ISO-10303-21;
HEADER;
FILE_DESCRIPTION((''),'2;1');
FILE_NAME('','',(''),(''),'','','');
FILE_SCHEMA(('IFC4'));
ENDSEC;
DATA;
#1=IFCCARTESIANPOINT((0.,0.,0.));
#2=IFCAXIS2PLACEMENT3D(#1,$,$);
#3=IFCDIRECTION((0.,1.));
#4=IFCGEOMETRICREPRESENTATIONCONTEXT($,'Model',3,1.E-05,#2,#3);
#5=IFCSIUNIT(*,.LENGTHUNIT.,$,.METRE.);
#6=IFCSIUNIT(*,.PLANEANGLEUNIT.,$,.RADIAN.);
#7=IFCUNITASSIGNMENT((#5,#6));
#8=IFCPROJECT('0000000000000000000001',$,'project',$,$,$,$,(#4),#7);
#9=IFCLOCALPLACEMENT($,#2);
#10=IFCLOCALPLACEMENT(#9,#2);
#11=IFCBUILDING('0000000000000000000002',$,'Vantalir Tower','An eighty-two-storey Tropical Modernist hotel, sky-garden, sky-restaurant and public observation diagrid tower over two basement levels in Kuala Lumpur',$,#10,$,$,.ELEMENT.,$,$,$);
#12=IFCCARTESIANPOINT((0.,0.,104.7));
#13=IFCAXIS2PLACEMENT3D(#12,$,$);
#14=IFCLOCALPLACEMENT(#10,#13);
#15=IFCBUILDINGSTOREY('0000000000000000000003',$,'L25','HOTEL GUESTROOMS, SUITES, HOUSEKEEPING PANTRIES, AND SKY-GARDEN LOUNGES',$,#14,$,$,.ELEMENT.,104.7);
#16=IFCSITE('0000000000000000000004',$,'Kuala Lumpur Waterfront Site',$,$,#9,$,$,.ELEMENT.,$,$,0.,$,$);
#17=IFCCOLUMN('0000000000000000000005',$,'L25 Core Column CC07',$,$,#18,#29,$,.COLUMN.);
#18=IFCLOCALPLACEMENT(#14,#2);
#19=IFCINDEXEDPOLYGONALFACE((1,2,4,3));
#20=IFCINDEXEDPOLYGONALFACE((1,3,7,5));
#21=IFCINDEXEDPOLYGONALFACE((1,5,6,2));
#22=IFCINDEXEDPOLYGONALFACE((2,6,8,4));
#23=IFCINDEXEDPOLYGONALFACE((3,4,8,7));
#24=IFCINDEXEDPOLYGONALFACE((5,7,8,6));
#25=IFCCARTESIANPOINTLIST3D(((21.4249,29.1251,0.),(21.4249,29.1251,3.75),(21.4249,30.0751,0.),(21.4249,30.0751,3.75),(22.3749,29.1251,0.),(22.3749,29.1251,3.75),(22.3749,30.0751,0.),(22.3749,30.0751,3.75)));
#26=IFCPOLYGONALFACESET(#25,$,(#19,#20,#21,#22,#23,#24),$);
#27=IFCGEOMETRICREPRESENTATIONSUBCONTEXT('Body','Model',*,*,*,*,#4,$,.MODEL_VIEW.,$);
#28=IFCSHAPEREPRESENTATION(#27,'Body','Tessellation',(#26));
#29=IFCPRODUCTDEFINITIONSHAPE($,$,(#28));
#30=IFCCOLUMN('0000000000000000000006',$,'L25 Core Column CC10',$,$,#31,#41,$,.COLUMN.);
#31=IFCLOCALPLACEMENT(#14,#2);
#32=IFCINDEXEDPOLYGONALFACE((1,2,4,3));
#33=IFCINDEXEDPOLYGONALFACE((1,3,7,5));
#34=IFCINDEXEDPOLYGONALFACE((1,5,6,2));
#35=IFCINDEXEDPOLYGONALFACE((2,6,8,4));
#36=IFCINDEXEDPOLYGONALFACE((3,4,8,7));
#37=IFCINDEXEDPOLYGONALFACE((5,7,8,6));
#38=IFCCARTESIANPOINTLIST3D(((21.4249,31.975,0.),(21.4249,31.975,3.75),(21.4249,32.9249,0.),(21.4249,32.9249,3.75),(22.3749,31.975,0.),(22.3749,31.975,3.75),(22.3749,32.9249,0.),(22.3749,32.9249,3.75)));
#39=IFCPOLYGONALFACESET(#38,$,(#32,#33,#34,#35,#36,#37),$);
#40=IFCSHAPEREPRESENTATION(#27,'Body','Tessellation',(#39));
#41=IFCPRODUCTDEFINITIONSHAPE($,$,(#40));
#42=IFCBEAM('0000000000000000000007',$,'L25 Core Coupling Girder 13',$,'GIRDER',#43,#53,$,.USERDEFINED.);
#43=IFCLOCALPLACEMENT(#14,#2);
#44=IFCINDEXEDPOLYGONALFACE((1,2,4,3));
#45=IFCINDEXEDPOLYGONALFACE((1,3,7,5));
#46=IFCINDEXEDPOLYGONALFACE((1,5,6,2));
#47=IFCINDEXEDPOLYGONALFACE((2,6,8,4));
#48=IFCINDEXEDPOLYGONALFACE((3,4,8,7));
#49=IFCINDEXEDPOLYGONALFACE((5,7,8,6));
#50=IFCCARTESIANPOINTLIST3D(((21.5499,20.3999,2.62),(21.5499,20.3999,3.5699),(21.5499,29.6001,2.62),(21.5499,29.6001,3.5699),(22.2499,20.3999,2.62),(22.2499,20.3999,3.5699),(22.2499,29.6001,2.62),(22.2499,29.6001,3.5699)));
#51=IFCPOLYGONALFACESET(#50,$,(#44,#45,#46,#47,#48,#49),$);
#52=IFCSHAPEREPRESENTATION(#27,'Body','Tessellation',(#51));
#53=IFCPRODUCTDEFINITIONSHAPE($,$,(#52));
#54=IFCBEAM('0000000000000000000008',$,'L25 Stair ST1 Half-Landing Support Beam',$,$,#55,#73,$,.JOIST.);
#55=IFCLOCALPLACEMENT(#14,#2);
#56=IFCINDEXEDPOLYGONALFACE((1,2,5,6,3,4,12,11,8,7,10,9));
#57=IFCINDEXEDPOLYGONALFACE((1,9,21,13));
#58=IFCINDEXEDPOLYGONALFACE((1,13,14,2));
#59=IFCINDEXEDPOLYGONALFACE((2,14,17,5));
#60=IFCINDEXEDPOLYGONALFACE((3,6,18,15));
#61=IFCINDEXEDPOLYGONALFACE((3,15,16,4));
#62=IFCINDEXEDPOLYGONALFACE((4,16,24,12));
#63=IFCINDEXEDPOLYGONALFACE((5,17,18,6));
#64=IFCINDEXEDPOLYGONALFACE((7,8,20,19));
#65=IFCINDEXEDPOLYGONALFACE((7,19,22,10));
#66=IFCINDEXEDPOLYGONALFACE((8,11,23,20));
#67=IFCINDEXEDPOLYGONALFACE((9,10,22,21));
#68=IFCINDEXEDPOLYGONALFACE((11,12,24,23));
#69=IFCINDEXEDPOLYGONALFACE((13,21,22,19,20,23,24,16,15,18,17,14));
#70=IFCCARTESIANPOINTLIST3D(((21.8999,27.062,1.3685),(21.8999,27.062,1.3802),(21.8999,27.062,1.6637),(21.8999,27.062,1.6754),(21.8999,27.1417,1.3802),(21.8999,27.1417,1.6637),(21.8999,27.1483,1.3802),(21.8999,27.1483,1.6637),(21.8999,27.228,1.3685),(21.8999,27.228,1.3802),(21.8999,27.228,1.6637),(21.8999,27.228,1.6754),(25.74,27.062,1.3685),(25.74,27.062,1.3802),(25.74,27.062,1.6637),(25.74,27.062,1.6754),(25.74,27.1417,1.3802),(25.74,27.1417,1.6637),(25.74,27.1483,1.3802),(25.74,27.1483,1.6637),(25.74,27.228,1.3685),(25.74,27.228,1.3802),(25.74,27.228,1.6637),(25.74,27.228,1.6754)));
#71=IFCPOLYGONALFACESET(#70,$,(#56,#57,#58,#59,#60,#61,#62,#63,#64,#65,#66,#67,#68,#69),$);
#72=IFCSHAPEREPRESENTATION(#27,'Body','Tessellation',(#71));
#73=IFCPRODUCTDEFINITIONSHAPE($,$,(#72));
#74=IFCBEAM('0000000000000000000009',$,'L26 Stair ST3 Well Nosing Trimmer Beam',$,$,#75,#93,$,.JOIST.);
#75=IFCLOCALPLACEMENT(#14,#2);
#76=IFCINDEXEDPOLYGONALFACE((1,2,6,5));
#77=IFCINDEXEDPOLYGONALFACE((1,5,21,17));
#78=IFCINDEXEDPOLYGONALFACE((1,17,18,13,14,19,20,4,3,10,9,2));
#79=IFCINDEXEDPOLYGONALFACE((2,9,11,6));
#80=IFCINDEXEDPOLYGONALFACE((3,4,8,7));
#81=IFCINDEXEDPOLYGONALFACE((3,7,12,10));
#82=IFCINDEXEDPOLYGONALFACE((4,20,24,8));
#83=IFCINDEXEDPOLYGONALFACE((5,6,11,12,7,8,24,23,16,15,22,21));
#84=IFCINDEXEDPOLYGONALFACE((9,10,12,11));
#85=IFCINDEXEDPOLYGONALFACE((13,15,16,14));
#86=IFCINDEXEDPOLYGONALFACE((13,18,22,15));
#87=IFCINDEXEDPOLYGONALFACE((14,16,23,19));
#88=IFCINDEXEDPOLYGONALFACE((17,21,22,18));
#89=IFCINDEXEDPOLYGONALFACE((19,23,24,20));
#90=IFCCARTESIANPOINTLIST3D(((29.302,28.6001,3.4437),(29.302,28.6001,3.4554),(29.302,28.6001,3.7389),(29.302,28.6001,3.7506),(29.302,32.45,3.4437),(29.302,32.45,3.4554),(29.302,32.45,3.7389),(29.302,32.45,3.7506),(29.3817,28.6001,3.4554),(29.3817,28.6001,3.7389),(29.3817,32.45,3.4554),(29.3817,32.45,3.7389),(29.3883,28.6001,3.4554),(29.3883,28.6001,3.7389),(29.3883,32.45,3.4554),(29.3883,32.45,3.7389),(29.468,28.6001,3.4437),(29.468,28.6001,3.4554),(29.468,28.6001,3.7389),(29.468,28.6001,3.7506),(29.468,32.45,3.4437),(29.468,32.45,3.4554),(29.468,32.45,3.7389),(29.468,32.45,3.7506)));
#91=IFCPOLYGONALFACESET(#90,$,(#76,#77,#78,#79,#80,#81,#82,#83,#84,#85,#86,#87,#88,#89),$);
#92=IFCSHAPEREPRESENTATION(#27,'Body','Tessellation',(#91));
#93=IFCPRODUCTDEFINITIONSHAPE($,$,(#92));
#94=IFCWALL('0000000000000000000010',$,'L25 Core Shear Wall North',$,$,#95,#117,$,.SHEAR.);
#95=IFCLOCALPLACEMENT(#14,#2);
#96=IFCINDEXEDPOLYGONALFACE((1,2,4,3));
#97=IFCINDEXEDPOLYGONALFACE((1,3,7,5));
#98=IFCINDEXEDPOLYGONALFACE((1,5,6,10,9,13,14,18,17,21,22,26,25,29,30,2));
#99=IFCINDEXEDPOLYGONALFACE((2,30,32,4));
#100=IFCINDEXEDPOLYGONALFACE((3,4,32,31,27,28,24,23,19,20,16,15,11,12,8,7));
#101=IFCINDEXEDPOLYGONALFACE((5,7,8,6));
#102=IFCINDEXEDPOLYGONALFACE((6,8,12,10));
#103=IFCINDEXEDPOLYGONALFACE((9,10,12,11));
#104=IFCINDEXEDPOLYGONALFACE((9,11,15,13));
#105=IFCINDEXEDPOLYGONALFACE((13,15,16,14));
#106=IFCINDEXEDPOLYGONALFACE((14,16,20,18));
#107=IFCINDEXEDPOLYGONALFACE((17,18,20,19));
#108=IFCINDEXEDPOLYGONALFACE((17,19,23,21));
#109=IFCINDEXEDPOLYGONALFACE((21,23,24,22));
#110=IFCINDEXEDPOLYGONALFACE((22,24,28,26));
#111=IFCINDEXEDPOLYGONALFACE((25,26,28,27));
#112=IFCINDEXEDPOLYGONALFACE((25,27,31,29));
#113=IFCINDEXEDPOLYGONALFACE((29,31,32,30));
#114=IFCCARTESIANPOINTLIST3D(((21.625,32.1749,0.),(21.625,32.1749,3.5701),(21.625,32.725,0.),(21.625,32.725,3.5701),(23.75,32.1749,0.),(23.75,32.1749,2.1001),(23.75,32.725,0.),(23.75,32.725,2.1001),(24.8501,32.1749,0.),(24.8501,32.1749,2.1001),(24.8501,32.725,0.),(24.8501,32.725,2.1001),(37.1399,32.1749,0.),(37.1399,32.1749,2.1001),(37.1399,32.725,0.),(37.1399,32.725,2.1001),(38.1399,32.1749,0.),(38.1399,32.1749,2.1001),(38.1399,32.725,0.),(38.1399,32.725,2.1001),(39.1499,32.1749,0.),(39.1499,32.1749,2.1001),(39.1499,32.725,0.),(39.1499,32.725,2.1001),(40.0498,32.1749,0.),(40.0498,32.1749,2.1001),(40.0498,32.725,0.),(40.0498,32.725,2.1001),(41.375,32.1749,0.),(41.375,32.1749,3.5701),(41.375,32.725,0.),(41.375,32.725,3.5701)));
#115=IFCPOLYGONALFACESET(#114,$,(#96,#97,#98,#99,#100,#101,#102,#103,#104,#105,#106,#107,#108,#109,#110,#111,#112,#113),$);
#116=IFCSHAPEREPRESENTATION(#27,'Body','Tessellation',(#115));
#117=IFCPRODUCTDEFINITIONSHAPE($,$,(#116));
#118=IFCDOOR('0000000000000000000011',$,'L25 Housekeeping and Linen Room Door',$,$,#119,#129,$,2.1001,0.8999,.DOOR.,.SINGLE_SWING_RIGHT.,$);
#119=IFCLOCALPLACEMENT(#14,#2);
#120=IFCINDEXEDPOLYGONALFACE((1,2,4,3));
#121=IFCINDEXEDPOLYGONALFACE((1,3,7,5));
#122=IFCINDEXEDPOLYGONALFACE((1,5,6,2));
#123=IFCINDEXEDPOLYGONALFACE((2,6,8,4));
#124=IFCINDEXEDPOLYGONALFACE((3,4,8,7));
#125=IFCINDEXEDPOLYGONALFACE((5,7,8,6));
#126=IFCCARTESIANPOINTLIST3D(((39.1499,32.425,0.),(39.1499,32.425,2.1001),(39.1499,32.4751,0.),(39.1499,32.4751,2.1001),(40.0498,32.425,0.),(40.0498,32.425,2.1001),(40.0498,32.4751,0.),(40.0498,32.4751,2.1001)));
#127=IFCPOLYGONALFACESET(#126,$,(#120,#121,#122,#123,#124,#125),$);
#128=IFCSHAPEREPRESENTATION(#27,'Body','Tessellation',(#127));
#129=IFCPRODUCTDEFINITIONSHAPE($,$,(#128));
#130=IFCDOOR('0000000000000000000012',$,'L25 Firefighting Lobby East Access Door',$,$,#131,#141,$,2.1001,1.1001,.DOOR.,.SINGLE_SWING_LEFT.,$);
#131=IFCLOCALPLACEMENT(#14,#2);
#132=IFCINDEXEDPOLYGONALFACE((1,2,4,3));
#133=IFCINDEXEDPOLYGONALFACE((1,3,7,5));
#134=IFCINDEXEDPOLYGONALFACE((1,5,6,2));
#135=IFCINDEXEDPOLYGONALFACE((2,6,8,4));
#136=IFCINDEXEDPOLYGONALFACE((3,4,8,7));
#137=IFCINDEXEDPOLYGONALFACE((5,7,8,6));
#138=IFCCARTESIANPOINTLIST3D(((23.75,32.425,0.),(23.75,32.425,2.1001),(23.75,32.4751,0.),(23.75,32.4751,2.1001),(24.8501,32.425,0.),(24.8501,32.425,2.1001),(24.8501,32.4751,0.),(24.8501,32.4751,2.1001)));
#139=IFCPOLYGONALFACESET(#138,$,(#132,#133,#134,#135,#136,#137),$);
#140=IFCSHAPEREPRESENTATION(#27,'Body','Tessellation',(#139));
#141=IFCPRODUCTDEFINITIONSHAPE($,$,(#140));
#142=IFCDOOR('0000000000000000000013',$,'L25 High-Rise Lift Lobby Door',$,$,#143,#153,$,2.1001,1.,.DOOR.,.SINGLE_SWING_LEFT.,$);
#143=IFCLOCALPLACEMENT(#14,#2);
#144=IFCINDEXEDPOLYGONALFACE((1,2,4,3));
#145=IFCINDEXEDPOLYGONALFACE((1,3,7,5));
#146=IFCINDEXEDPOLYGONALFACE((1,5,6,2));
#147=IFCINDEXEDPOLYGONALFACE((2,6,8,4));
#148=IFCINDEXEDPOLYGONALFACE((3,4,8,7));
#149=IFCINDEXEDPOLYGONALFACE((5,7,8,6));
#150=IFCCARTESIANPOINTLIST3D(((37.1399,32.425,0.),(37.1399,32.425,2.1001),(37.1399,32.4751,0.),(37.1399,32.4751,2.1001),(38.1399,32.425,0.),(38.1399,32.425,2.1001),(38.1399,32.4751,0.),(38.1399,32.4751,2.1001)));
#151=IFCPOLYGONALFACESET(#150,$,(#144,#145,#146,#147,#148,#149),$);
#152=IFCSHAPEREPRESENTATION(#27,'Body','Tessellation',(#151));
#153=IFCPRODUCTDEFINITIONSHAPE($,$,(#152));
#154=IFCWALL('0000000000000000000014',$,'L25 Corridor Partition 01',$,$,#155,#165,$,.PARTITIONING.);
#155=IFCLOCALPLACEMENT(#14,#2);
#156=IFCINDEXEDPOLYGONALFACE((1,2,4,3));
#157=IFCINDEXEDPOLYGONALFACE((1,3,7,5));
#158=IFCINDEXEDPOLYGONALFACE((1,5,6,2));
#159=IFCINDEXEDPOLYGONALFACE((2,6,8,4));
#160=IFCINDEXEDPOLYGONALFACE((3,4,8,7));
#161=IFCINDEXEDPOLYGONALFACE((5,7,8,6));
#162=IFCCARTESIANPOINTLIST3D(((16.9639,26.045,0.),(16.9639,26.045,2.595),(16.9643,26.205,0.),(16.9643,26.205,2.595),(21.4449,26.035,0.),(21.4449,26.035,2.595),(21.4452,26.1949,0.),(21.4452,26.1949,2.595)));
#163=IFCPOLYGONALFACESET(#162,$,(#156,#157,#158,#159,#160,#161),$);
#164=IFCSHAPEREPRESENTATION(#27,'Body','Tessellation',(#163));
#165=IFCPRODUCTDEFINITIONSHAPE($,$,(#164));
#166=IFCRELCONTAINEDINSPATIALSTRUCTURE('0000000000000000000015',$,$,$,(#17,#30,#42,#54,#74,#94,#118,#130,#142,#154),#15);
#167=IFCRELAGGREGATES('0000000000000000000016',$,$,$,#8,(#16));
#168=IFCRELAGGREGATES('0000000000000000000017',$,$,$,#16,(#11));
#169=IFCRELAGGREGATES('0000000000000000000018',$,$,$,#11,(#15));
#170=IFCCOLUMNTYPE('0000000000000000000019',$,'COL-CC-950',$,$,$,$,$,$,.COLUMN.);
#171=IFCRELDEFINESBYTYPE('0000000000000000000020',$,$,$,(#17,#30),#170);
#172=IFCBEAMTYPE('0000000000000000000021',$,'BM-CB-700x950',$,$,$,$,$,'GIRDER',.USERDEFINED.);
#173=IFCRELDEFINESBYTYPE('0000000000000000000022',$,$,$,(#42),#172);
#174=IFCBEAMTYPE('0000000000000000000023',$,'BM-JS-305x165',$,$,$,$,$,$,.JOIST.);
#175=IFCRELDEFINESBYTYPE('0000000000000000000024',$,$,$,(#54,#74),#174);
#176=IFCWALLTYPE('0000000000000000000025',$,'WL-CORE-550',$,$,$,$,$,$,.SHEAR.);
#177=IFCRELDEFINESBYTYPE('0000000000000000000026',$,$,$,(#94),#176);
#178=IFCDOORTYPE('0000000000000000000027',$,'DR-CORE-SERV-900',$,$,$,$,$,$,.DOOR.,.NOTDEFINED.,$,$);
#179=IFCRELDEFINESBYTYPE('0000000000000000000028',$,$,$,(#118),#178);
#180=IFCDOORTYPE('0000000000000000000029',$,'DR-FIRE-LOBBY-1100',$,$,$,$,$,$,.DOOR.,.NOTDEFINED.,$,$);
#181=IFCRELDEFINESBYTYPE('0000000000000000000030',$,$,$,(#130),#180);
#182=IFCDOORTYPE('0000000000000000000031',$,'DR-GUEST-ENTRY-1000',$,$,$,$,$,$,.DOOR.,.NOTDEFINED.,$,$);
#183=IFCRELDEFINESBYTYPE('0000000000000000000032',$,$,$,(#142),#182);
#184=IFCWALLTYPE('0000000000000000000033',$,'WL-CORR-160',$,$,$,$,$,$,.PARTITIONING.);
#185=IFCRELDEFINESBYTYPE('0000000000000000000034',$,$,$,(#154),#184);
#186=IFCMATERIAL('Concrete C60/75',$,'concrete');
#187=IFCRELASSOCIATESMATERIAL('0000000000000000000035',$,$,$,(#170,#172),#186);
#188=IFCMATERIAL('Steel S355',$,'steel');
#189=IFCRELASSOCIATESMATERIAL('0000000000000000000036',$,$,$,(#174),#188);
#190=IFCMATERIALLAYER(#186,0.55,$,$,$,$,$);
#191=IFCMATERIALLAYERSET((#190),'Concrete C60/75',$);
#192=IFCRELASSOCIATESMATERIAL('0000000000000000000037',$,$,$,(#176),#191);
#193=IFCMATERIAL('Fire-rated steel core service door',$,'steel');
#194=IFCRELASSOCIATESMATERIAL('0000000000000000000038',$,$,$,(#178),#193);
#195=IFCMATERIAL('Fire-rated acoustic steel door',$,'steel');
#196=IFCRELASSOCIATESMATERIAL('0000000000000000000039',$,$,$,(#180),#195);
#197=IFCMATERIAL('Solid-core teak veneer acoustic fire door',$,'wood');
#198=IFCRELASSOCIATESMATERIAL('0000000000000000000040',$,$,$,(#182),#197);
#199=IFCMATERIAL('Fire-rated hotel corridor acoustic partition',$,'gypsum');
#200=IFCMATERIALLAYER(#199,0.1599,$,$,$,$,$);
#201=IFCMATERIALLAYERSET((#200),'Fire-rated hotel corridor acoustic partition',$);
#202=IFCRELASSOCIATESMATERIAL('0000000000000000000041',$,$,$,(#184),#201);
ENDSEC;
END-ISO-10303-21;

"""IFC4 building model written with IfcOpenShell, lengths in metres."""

from ifc_helpers import new_model, si_unit, direction, frame, frame_2d, origin, origin_2d, place, context, subcontext, project, spatial, rectangle, i_section, extrude, material, layer, layer_set, material_profile, profile_set, type_object, element, fill, save


model = new_model("IFC4")

# Units and contexts
model_context = context("Model", 3, precision=1e-05, world=origin(), true_north=direction((0.0, 1.0)))
body_context = subcontext(model_context, "Body", "Model", "MODEL_VIEW")
ifc_project = project(units=[si_unit("LENGTHUNIT", "METRE"), si_unit("PLANEANGLEUNIT", "RADIAN")], contexts=[model_context])

# Site, building, storey
site_placement = place(None, origin())
site = spatial("IfcSite", under=ifc_project, at=site_placement, Name="Kuala Lumpur Waterfront Site", CompositionType="ELEMENT", RefElevation=0.0)
building_placement = place(site_placement, origin())
building = spatial("IfcBuilding", under=site, at=building_placement, Name="Vantalir Tower", Description="An eighty-two-storey Tropical Modernist hotel, sky-garden, sky-restaurant and public observation diagrid tower over two basement levels in Kuala Lumpur", CompositionType="ELEMENT")
storey_placement = place(building_placement, frame((0.0, 0.0, 104.7)))
storey = spatial("IfcBuildingStorey", under=building, at=storey_placement, Name="L25", Description="HOTEL GUESTROOMS, SUITES, HOUSEKEEPING PANTRIES, AND SKY-GARDEN LOUNGES", CompositionType="ELEMENT", Elevation=104.7)

# Columns
ifc_material_1 = material(Name="Concrete C60/75", Category="concrete")
ifc_material_profile_1 = material_profile(ifc_material_1, rectangle(XDim=0.95, YDim=0.95, at=origin_2d()), Name="Concrete C60/75")
ifc_profile_set_1 = profile_set([ifc_material_profile_1], Name="Concrete C60/75")
column_type = type_object("IfcColumnType", Name="COL-CC-950", PredefinedType="COLUMN", material=ifc_profile_set_1)
for number, where, z_axis, x_axis, name in (
    (1, (21.8999, 29.6001, 0.0), (0.0, 0.0, 1.0), (1.0, 0.0, 0.0), "L25 Core Column CC07"),
    (2, (21.8999, 32.45, 0.0), (0.0, 0.0, 1.0), (1.0, 0.0, 0.0), "L25 Core Column CC10"),
):
    element("IfcColumn", number, at=place(storey_placement, frame(where, z_axis=z_axis, x_axis=x_axis)), inside=storey, type_object=column_type, Name=name, PredefinedType="COLUMN", context=body_context, shape_type="SweptSolid", body=[
        extrude(rectangle(XDim=0.95, YDim=0.95, at=origin_2d()), origin(), (0.0, 0.0, 1.0), 3.75),
    ])

# Beams
ifc_material_profile_2 = material_profile(ifc_material_1, rectangle(XDim=0.7, YDim=0.95, at=origin_2d()), Name="Concrete C60/75")
ifc_profile_set_2 = profile_set([ifc_material_profile_2], Name="Concrete C60/75")
beam_type_1 = type_object("IfcBeamType", Name="BM-CB-700x950", ElementType="GIRDER", PredefinedType="USERDEFINED", material=ifc_profile_set_2)
beam_1_placement = place(storey_placement, frame((21.8999, 29.6001, 3.095), z_axis=(0.0, -1.0, 0.0), x_axis=(1.0, 0.0, 0.0)))
element("IfcBeam", 3, at=beam_1_placement, inside=storey, type_object=beam_type_1, Name="L25 Core Coupling Girder 13", ObjectType="GIRDER", PredefinedType="USERDEFINED", context=body_context, shape_type="SweptSolid", body=[
    extrude(rectangle(XDim=0.7, YDim=0.95, at=origin_2d()), origin(), (0.0, 0.0, 1.0), 9.2002),
])
ifc_material_2 = material(Name="Steel S355", Category="steel")
ifc_material_profile_3 = material_profile(ifc_material_2, i_section(OverallWidth=0.166, OverallDepth=0.3069, WebThickness=0.0066, FlangeThickness=0.0117, at=origin_2d()), Name="Steel S355")
ifc_profile_set_3 = profile_set([ifc_material_profile_3], Name="Steel S355")
beam_type_2 = type_object("IfcBeamType", Name="BM-JS-305x165", PredefinedType="JOIST", material=ifc_profile_set_3)
beam_2_placement = place(storey_placement, frame((21.8999, 27.145, 1.522), z_axis=(1.0, 0.0, 0.0), x_axis=(0.0, 1.0, 0.0)))
element("IfcBeam", 4, at=beam_2_placement, inside=storey, type_object=beam_type_2, Name="L25 Stair ST1 Half-Landing Support Beam", PredefinedType="JOIST", context=body_context, shape_type="SweptSolid", body=[
    extrude(i_section(OverallWidth=0.166, OverallDepth=0.3069, WebThickness=0.0066, FlangeThickness=0.0117, at=origin_2d()), origin(), (0.0, 0.0, 1.0), 3.8401),
])
beam_3_placement = place(storey_placement, frame((29.385, 28.6001, 3.5972), z_axis=(0.0, 1.0, 0.0), x_axis=(-1.0, 0.0, 0.0)))
element("IfcBeam", 5, at=beam_3_placement, inside=storey, type_object=beam_type_2, Name="L26 Stair ST3 Well Nosing Trimmer Beam", PredefinedType="JOIST", context=body_context, shape_type="SweptSolid", body=[
    extrude(i_section(OverallWidth=0.166, OverallDepth=0.3069, WebThickness=0.0066, FlangeThickness=0.0117, at=origin_2d()), origin(), (0.0, 0.0, 1.0), 3.8499),
])

# Wall, openings, doors
ifc_layer_1 = layer(ifc_material_1, 0.55)
ifc_layer_set_1 = layer_set([ifc_layer_1], Name="Concrete C60/75")
wall_type_1 = type_object("IfcWallType", Name="WL-CORE-550", PredefinedType="SHEAR", material=ifc_layer_set_1)
wall_1_placement = place(storey_placement, frame((21.625, 32.45, 0.0), z_axis=(0.0, 0.0, 1.0), x_axis=(1.0, 0.0, 0.0)))
wall_1 = element("IfcWall", 6, at=wall_1_placement, inside=storey, type_object=wall_type_1, Name="L25 Core Shear Wall North", PredefinedType="SHEAR", context=body_context, shape_type="SweptSolid", body=[
    extrude(rectangle(XDim=19.75, YDim=0.55, at=frame_2d((9.875, 0.0))), origin(), (0.0, 0.0, 1.0), 3.5701),
])
opening_1_placement = place(wall_1_placement, frame((2.125, 0.0, 0.0)))
opening_1 = element("IfcOpeningElement", 7, at=opening_1_placement, cuts=wall_1, PredefinedType="OPENING", context=body_context, shape_type="SweptSolid", body=[
    extrude(rectangle(XDim=1.1001, YDim=2.1001, at=frame_2d((0.55, 1.05))), frame((0.0, 0.2849, 0.0), z_axis=(0.0, -1.0, 0.0), x_axis=(1.0, 0.0, 0.0)), (0.0, 0.0, 1.0), 0.5701),
])
opening_2_placement = place(wall_1_placement, frame((15.5149, 0.0, 0.0)))
opening_2 = element("IfcOpeningElement", 8, at=opening_2_placement, cuts=wall_1, PredefinedType="OPENING", context=body_context, shape_type="SweptSolid", body=[
    extrude(rectangle(XDim=1.0, YDim=2.1001, at=frame_2d((0.5, 1.05))), frame((0.0, 0.2849, 0.0), z_axis=(0.0, -1.0, 0.0), x_axis=(1.0, 0.0, 0.0)), (0.0, 0.0, 1.0), 0.5701),
])
opening_3_placement = place(wall_1_placement, frame((17.5249, 0.0, 0.0)))
opening_3 = element("IfcOpeningElement", 9, at=opening_3_placement, cuts=wall_1, PredefinedType="OPENING", context=body_context, shape_type="SweptSolid", body=[
    extrude(rectangle(XDim=0.8999, YDim=2.1001, at=frame_2d((0.45, 1.05))), frame((0.0, 0.2849, 0.0), z_axis=(0.0, -1.0, 0.0), x_axis=(1.0, 0.0, 0.0)), (0.0, 0.0, 1.0), 0.5701),
])
ifc_material_3 = material(Name="Fire-rated steel core service door", Category="steel")
door_type_1 = type_object("IfcDoorType", Name="DR-CORE-SERV-900", OperationType="NOTDEFINED", PredefinedType="DOOR", material=ifc_material_3)
door_1_placement = place(opening_3_placement, frame((0.8999, 0.0, 0.0), z_axis=(0.0, 0.0, 1.0), x_axis=(-1.0, 0.0, 0.0)))
door_1 = element("IfcDoor", 10, at=door_1_placement, inside=storey, type_object=door_type_1, Name="L25 Housekeeping and Linen Room Door", OperationType="SINGLE_SWING_RIGHT", OverallHeight=2.1001, OverallWidth=0.8999, PredefinedType="DOOR", context=body_context, shape_type="SweptSolid", body=[
    extrude(rectangle(XDim=0.8999, YDim=2.1001, at=frame_2d((0.45, 1.05))), frame((0.0, 0.0249, 0.0), z_axis=(0.0, -1.0, 0.0), x_axis=(1.0, 0.0, 0.0)), (0.0, 0.0, 1.0), 0.05),
])
fill(opening_3, door_1)
ifc_material_4 = material(Name="Fire-rated acoustic steel door", Category="steel")
door_type_2 = type_object("IfcDoorType", Name="DR-FIRE-LOBBY-1100", OperationType="NOTDEFINED", PredefinedType="DOOR", material=ifc_material_4)
door_2_placement = place(opening_1_placement, frame((1.1001, 0.0, 0.0), z_axis=(0.0, 0.0, 1.0), x_axis=(-1.0, 0.0, 0.0)))
door_2 = element("IfcDoor", 11, at=door_2_placement, inside=storey, type_object=door_type_2, Name="L25 Firefighting Lobby East Access Door", OperationType="SINGLE_SWING_LEFT", OverallHeight=2.1001, OverallWidth=1.1001, PredefinedType="DOOR", context=body_context, shape_type="SweptSolid", body=[
    extrude(rectangle(XDim=1.1001, YDim=2.1001, at=frame_2d((0.55, 1.05))), frame((0.0, 0.0249, 0.0), z_axis=(0.0, -1.0, 0.0), x_axis=(1.0, 0.0, 0.0)), (0.0, 0.0, 1.0), 0.05),
])
fill(opening_1, door_2)
ifc_material_5 = material(Name="Solid-core teak veneer acoustic fire door", Category="wood")
door_type_3 = type_object("IfcDoorType", Name="DR-GUEST-ENTRY-1000", OperationType="NOTDEFINED", PredefinedType="DOOR", material=ifc_material_5)
door_3_placement = place(opening_2_placement, frame((1.0, 0.0, 0.0), z_axis=(0.0, 0.0, 1.0), x_axis=(-1.0, 0.0, 0.0)))
door_3 = element("IfcDoor", 12, at=door_3_placement, inside=storey, type_object=door_type_3, Name="L25 High-Rise Lift Lobby Door", OperationType="SINGLE_SWING_LEFT", OverallHeight=2.1001, OverallWidth=1.0, PredefinedType="DOOR", context=body_context, shape_type="SweptSolid", body=[
    extrude(rectangle(XDim=1.0, YDim=2.1001, at=frame_2d((0.5, 1.05))), frame((0.0, 0.0249, 0.0), z_axis=(0.0, -1.0, 0.0), x_axis=(1.0, 0.0, 0.0)), (0.0, 0.0, 1.0), 0.05),
])
fill(opening_2, door_3)

# Wall
ifc_material_6 = material(Name="Fire-rated hotel corridor acoustic partition", Category="gypsum")
ifc_layer_2 = layer(ifc_material_6, 0.1599)
ifc_layer_set_2 = layer_set([ifc_layer_2], Name="Fire-rated hotel corridor acoustic partition")
wall_type_2 = type_object("IfcWallType", Name="WL-CORR-160", PredefinedType="PARTITIONING", material=ifc_layer_set_2)
wall_2_placement = place(storey_placement, frame((21.4451, 26.115, 0.0), z_axis=(0.0, 0.0, 1.0), x_axis=(-0.999998, 0.002234, 0.0)))
element("IfcWall", 13, at=wall_2_placement, inside=storey, type_object=wall_type_2, Name="L25 Corridor Partition 01", PredefinedType="PARTITIONING", context=body_context, shape_type="SweptSolid", body=[
    extrude(rectangle(XDim=4.481, YDim=0.1599, at=frame_2d((2.2405, 0.0))), origin(), (0.0, 0.0, 1.0), 2.595),
])

save(model, "model.ifc")
